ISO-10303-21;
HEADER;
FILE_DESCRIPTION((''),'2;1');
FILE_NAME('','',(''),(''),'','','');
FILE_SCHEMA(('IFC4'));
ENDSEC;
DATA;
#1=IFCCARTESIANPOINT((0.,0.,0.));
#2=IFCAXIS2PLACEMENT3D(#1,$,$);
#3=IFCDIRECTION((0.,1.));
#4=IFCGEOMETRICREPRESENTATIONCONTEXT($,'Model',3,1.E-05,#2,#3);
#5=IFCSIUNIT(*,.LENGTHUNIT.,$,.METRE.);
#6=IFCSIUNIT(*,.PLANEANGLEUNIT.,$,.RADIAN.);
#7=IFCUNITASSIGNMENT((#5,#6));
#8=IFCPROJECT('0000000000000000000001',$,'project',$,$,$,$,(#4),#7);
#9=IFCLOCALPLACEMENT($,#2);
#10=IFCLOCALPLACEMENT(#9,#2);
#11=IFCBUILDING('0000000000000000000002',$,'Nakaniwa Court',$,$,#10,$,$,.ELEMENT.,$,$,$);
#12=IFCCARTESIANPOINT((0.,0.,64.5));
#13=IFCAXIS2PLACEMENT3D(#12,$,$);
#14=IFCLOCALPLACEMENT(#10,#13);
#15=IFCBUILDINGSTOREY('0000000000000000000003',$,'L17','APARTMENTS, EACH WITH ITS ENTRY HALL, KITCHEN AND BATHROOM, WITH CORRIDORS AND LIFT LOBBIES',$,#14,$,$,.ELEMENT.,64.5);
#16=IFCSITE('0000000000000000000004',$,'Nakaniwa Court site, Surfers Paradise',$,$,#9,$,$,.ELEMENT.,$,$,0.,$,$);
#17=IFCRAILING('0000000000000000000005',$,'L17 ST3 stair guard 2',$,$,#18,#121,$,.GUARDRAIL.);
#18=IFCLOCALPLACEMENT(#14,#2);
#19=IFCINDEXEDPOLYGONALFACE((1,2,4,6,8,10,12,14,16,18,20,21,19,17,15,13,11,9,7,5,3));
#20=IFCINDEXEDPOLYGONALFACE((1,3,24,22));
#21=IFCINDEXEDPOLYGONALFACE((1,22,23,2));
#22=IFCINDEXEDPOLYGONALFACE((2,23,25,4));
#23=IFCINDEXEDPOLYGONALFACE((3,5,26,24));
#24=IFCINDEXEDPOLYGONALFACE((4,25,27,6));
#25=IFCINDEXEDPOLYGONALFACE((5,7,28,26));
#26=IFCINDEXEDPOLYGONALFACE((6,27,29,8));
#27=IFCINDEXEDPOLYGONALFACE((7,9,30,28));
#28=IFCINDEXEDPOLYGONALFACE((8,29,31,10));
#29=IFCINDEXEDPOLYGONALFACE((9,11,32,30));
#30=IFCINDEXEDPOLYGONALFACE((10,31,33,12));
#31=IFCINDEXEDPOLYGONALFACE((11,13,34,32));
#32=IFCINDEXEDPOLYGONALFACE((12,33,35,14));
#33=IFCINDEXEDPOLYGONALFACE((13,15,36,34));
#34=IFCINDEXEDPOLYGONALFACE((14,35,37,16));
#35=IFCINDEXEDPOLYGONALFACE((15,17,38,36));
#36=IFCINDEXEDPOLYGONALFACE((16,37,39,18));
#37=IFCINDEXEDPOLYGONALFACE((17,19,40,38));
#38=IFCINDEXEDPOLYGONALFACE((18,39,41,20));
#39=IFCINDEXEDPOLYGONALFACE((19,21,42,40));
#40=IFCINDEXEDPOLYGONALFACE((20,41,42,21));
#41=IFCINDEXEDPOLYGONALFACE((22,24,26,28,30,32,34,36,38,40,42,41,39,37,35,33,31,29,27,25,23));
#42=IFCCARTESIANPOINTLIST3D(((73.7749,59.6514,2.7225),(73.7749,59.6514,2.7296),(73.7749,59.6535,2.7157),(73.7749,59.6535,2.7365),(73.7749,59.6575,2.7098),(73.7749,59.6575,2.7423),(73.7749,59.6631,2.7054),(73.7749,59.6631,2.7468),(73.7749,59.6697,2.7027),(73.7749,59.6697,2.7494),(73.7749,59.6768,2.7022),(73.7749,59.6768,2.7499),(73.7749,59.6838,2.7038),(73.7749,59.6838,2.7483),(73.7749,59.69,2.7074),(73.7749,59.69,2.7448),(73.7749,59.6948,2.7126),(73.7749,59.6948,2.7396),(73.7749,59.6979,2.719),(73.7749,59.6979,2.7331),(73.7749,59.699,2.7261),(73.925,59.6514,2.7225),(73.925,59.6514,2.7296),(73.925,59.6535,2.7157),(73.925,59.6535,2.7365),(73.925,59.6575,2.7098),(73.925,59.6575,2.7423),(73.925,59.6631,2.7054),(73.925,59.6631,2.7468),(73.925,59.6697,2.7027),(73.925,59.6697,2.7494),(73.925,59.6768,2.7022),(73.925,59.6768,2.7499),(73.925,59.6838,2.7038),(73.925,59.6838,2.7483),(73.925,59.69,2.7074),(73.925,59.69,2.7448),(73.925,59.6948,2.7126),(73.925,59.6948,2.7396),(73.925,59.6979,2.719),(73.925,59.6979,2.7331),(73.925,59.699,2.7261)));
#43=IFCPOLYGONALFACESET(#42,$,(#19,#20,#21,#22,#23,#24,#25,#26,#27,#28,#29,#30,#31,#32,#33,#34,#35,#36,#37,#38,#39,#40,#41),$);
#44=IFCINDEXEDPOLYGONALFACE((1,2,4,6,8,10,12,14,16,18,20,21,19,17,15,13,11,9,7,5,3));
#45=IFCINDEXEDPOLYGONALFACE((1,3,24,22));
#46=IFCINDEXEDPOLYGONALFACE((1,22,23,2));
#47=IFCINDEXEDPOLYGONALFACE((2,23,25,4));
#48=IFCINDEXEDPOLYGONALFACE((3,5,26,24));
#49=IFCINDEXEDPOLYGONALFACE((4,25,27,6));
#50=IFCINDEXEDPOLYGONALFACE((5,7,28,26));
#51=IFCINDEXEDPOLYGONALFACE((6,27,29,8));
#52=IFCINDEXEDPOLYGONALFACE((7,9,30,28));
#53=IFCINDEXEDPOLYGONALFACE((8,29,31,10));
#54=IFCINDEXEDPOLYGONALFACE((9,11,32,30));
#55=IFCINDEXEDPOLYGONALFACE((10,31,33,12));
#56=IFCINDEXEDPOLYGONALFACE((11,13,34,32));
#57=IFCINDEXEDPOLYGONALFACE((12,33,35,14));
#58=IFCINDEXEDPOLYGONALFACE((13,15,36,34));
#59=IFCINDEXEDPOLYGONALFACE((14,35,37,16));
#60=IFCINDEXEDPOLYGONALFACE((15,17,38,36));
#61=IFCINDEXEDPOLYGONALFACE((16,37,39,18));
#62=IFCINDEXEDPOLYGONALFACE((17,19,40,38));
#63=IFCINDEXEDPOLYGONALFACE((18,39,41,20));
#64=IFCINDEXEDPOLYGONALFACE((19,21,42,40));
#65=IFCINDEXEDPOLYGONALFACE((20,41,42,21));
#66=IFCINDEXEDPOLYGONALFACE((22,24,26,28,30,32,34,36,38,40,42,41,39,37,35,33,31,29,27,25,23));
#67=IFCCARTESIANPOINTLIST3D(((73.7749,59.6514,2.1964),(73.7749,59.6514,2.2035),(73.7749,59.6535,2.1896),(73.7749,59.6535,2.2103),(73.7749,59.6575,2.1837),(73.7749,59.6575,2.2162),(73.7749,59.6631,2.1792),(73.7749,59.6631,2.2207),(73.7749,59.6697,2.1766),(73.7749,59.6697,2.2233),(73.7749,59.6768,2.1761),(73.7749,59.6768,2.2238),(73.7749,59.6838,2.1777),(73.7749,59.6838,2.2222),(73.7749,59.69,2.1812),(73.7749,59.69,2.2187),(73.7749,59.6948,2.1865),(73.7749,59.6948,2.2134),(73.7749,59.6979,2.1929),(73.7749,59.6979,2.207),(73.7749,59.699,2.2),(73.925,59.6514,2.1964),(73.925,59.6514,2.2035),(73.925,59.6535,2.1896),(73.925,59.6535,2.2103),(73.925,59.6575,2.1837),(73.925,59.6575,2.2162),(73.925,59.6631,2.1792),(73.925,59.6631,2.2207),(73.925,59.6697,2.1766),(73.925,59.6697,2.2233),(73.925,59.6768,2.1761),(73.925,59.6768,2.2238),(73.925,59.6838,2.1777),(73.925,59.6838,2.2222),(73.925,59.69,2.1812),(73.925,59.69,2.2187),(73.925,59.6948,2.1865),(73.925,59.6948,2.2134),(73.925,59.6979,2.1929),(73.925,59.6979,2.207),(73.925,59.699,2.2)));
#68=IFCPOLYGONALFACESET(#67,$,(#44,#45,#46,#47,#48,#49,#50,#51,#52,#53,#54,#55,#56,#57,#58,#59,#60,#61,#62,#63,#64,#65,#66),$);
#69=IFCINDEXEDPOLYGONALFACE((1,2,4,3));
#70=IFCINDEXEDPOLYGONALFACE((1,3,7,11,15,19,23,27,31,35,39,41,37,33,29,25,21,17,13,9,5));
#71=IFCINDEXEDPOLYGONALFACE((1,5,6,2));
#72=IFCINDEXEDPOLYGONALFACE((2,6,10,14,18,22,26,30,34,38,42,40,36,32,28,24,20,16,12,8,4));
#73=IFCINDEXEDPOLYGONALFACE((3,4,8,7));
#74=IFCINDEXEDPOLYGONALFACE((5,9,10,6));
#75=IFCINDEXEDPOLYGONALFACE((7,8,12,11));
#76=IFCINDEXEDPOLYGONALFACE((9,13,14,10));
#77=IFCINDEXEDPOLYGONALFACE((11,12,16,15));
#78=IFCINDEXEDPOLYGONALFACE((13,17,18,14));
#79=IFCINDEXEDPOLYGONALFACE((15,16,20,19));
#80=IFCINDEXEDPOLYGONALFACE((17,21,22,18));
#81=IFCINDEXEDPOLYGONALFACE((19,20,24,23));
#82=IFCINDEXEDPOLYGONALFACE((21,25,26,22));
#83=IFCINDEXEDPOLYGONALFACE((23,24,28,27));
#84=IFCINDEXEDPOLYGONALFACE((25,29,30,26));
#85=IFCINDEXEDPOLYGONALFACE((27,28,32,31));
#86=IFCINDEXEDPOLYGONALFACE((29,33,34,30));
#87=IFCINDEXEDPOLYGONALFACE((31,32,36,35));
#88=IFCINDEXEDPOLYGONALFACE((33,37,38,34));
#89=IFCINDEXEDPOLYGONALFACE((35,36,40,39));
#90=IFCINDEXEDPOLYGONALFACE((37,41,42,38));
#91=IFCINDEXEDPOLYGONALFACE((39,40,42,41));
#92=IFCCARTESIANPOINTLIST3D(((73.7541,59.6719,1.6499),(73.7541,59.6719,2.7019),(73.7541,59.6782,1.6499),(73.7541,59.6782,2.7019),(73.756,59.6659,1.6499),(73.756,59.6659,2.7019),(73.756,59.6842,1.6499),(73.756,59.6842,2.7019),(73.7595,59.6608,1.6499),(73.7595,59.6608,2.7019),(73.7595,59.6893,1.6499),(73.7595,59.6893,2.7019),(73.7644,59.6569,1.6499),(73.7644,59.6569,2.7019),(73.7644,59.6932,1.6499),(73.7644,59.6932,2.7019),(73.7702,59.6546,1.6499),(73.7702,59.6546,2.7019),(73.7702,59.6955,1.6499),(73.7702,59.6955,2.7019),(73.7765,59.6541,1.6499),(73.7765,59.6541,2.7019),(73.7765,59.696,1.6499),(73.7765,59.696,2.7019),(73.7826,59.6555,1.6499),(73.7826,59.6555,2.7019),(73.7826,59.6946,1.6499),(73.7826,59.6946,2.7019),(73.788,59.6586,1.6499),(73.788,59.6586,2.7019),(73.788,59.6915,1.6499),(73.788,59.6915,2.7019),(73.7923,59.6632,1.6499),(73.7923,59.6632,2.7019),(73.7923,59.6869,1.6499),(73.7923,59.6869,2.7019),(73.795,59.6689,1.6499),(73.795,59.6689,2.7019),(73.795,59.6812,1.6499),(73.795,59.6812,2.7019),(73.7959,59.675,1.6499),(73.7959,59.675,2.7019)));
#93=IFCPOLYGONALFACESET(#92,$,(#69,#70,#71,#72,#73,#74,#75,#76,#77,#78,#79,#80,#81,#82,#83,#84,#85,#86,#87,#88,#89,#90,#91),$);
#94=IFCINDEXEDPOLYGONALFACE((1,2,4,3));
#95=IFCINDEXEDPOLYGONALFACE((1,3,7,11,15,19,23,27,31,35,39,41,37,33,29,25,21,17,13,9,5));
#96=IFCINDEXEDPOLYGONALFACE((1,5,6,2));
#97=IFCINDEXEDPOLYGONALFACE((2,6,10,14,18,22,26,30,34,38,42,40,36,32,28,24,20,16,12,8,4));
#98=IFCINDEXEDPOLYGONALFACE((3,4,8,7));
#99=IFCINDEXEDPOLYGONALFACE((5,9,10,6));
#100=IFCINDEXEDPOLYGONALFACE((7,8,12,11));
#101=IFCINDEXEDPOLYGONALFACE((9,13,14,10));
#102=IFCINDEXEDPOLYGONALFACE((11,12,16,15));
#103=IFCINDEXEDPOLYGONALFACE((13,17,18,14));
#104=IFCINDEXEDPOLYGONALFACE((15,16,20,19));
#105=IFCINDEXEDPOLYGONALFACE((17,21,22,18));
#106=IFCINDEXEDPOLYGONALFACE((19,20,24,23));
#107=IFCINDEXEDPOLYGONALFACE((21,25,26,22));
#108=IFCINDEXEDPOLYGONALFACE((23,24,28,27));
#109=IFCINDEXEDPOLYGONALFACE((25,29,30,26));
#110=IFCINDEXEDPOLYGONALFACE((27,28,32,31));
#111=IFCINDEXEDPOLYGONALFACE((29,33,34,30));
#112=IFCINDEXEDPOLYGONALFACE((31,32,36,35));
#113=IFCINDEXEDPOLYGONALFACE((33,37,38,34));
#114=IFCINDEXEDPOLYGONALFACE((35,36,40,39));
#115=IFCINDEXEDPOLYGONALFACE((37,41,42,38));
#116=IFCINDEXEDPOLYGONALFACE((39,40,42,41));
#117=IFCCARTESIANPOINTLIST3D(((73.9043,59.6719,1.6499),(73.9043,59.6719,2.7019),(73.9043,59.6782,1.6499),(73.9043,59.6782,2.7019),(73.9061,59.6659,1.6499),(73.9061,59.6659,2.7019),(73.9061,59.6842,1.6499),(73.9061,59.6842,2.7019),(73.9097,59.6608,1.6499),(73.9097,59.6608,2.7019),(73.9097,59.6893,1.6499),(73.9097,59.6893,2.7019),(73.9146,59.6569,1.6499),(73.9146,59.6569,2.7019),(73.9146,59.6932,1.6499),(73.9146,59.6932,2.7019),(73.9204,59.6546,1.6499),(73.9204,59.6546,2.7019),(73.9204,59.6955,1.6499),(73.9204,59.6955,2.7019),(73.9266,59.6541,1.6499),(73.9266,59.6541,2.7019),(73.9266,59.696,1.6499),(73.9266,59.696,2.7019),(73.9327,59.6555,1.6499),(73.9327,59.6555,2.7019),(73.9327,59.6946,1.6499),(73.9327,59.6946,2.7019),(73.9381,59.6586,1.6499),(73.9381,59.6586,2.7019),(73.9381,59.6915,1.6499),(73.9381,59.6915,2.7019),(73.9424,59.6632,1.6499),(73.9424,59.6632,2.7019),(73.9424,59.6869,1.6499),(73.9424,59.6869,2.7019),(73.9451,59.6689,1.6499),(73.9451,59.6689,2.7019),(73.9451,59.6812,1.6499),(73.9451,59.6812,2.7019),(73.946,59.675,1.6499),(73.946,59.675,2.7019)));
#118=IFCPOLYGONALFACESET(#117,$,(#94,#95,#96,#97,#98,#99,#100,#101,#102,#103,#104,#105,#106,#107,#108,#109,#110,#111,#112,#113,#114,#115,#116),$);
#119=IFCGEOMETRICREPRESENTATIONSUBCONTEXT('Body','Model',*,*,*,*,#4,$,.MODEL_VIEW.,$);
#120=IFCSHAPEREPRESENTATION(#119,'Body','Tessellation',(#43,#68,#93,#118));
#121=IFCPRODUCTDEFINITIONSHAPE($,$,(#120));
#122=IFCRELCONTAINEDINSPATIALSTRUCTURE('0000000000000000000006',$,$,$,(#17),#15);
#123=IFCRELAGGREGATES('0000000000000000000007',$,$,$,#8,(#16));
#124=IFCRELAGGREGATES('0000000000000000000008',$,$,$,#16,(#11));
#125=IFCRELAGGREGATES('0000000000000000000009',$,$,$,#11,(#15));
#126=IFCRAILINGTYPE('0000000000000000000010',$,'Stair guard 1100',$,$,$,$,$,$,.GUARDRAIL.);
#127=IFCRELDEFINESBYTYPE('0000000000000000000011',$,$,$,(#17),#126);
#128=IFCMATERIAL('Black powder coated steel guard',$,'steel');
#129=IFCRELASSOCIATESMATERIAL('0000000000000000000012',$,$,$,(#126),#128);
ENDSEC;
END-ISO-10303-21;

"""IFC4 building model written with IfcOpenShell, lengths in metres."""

from ifc_helpers import new_model, si_unit, direction, frame, origin, origin_2d, place, context, subcontext, project, spatial, circle, extrude, material, type_object, element, save


model = new_model("IFC4")

# Units and contexts
model_context = context("Model", 3, precision=1e-05, world=origin(), true_north=direction((0.0, 1.0)))
body_context = subcontext(model_context, "Body", "Model", "MODEL_VIEW")
ifc_project = project(units=[si_unit("LENGTHUNIT", "METRE"), si_unit("PLANEANGLEUNIT", "RADIAN")], contexts=[model_context])

# Site, building, storey
site_placement = place(None, origin())
site = spatial("IfcSite", under=ifc_project, at=site_placement, Name="Nakaniwa Court site, Surfers Paradise", CompositionType="ELEMENT", RefElevation=0.0)
building_placement = place(site_placement, origin())
building = spatial("IfcBuilding", under=site, at=building_placement, Name="Nakaniwa Court", CompositionType="ELEMENT")
storey_placement = place(building_placement, frame((0.0, 0.0, 64.5)))
storey = spatial("IfcBuildingStorey", under=building, at=storey_placement, Name="L17", Description="APARTMENTS, EACH WITH ITS ENTRY HALL, KITCHEN AND BATHROOM, WITH CORRIDORS AND LIFT LOBBIES", CompositionType="ELEMENT", Elevation=64.5)

# Railing
ifc_material_1 = material(Name="Black powder coated steel guard", Category="steel")
railing_type_1 = type_object("IfcRailingType", Name="Stair guard 1100", PredefinedType="GUARDRAIL", material=ifc_material_1)
railing_1_placement = place(storey_placement, frame((73.7749, 59.675, 1.6499)))
element("IfcRailing", 1, at=railing_1_placement, inside=storey, type_object=railing_type_1, Name="L17 ST3 stair guard 2", PredefinedType="GUARDRAIL", context=body_context, shape_type="SweptSolid", body=[
    extrude(circle(Radius=0.0239, at=origin_2d()), frame((0.0, 0.0, 1.0762), z_axis=(1.0, 0.0, 0.0), x_axis=(0.0, 1.0, 0.0)), (0.0, 0.0, 1.0), 0.1501),
    extrude(circle(Radius=0.0239, at=origin_2d()), frame((0.0, 0.0, 0.55), z_axis=(1.0, 0.0, 0.0), x_axis=(0.0, 1.0, 0.0)), (0.0, 0.0, 1.0), 0.1501),
    extrude(circle(Radius=0.021, at=origin_2d()), origin(), (0.0, 0.0, 1.0), 1.052),
    extrude(circle(Radius=0.021, at=origin_2d()), frame((0.1501, 0.0, 0.0)), (0.0, 0.0, 1.0), 1.052),
])

save(model, "model.ifc")
